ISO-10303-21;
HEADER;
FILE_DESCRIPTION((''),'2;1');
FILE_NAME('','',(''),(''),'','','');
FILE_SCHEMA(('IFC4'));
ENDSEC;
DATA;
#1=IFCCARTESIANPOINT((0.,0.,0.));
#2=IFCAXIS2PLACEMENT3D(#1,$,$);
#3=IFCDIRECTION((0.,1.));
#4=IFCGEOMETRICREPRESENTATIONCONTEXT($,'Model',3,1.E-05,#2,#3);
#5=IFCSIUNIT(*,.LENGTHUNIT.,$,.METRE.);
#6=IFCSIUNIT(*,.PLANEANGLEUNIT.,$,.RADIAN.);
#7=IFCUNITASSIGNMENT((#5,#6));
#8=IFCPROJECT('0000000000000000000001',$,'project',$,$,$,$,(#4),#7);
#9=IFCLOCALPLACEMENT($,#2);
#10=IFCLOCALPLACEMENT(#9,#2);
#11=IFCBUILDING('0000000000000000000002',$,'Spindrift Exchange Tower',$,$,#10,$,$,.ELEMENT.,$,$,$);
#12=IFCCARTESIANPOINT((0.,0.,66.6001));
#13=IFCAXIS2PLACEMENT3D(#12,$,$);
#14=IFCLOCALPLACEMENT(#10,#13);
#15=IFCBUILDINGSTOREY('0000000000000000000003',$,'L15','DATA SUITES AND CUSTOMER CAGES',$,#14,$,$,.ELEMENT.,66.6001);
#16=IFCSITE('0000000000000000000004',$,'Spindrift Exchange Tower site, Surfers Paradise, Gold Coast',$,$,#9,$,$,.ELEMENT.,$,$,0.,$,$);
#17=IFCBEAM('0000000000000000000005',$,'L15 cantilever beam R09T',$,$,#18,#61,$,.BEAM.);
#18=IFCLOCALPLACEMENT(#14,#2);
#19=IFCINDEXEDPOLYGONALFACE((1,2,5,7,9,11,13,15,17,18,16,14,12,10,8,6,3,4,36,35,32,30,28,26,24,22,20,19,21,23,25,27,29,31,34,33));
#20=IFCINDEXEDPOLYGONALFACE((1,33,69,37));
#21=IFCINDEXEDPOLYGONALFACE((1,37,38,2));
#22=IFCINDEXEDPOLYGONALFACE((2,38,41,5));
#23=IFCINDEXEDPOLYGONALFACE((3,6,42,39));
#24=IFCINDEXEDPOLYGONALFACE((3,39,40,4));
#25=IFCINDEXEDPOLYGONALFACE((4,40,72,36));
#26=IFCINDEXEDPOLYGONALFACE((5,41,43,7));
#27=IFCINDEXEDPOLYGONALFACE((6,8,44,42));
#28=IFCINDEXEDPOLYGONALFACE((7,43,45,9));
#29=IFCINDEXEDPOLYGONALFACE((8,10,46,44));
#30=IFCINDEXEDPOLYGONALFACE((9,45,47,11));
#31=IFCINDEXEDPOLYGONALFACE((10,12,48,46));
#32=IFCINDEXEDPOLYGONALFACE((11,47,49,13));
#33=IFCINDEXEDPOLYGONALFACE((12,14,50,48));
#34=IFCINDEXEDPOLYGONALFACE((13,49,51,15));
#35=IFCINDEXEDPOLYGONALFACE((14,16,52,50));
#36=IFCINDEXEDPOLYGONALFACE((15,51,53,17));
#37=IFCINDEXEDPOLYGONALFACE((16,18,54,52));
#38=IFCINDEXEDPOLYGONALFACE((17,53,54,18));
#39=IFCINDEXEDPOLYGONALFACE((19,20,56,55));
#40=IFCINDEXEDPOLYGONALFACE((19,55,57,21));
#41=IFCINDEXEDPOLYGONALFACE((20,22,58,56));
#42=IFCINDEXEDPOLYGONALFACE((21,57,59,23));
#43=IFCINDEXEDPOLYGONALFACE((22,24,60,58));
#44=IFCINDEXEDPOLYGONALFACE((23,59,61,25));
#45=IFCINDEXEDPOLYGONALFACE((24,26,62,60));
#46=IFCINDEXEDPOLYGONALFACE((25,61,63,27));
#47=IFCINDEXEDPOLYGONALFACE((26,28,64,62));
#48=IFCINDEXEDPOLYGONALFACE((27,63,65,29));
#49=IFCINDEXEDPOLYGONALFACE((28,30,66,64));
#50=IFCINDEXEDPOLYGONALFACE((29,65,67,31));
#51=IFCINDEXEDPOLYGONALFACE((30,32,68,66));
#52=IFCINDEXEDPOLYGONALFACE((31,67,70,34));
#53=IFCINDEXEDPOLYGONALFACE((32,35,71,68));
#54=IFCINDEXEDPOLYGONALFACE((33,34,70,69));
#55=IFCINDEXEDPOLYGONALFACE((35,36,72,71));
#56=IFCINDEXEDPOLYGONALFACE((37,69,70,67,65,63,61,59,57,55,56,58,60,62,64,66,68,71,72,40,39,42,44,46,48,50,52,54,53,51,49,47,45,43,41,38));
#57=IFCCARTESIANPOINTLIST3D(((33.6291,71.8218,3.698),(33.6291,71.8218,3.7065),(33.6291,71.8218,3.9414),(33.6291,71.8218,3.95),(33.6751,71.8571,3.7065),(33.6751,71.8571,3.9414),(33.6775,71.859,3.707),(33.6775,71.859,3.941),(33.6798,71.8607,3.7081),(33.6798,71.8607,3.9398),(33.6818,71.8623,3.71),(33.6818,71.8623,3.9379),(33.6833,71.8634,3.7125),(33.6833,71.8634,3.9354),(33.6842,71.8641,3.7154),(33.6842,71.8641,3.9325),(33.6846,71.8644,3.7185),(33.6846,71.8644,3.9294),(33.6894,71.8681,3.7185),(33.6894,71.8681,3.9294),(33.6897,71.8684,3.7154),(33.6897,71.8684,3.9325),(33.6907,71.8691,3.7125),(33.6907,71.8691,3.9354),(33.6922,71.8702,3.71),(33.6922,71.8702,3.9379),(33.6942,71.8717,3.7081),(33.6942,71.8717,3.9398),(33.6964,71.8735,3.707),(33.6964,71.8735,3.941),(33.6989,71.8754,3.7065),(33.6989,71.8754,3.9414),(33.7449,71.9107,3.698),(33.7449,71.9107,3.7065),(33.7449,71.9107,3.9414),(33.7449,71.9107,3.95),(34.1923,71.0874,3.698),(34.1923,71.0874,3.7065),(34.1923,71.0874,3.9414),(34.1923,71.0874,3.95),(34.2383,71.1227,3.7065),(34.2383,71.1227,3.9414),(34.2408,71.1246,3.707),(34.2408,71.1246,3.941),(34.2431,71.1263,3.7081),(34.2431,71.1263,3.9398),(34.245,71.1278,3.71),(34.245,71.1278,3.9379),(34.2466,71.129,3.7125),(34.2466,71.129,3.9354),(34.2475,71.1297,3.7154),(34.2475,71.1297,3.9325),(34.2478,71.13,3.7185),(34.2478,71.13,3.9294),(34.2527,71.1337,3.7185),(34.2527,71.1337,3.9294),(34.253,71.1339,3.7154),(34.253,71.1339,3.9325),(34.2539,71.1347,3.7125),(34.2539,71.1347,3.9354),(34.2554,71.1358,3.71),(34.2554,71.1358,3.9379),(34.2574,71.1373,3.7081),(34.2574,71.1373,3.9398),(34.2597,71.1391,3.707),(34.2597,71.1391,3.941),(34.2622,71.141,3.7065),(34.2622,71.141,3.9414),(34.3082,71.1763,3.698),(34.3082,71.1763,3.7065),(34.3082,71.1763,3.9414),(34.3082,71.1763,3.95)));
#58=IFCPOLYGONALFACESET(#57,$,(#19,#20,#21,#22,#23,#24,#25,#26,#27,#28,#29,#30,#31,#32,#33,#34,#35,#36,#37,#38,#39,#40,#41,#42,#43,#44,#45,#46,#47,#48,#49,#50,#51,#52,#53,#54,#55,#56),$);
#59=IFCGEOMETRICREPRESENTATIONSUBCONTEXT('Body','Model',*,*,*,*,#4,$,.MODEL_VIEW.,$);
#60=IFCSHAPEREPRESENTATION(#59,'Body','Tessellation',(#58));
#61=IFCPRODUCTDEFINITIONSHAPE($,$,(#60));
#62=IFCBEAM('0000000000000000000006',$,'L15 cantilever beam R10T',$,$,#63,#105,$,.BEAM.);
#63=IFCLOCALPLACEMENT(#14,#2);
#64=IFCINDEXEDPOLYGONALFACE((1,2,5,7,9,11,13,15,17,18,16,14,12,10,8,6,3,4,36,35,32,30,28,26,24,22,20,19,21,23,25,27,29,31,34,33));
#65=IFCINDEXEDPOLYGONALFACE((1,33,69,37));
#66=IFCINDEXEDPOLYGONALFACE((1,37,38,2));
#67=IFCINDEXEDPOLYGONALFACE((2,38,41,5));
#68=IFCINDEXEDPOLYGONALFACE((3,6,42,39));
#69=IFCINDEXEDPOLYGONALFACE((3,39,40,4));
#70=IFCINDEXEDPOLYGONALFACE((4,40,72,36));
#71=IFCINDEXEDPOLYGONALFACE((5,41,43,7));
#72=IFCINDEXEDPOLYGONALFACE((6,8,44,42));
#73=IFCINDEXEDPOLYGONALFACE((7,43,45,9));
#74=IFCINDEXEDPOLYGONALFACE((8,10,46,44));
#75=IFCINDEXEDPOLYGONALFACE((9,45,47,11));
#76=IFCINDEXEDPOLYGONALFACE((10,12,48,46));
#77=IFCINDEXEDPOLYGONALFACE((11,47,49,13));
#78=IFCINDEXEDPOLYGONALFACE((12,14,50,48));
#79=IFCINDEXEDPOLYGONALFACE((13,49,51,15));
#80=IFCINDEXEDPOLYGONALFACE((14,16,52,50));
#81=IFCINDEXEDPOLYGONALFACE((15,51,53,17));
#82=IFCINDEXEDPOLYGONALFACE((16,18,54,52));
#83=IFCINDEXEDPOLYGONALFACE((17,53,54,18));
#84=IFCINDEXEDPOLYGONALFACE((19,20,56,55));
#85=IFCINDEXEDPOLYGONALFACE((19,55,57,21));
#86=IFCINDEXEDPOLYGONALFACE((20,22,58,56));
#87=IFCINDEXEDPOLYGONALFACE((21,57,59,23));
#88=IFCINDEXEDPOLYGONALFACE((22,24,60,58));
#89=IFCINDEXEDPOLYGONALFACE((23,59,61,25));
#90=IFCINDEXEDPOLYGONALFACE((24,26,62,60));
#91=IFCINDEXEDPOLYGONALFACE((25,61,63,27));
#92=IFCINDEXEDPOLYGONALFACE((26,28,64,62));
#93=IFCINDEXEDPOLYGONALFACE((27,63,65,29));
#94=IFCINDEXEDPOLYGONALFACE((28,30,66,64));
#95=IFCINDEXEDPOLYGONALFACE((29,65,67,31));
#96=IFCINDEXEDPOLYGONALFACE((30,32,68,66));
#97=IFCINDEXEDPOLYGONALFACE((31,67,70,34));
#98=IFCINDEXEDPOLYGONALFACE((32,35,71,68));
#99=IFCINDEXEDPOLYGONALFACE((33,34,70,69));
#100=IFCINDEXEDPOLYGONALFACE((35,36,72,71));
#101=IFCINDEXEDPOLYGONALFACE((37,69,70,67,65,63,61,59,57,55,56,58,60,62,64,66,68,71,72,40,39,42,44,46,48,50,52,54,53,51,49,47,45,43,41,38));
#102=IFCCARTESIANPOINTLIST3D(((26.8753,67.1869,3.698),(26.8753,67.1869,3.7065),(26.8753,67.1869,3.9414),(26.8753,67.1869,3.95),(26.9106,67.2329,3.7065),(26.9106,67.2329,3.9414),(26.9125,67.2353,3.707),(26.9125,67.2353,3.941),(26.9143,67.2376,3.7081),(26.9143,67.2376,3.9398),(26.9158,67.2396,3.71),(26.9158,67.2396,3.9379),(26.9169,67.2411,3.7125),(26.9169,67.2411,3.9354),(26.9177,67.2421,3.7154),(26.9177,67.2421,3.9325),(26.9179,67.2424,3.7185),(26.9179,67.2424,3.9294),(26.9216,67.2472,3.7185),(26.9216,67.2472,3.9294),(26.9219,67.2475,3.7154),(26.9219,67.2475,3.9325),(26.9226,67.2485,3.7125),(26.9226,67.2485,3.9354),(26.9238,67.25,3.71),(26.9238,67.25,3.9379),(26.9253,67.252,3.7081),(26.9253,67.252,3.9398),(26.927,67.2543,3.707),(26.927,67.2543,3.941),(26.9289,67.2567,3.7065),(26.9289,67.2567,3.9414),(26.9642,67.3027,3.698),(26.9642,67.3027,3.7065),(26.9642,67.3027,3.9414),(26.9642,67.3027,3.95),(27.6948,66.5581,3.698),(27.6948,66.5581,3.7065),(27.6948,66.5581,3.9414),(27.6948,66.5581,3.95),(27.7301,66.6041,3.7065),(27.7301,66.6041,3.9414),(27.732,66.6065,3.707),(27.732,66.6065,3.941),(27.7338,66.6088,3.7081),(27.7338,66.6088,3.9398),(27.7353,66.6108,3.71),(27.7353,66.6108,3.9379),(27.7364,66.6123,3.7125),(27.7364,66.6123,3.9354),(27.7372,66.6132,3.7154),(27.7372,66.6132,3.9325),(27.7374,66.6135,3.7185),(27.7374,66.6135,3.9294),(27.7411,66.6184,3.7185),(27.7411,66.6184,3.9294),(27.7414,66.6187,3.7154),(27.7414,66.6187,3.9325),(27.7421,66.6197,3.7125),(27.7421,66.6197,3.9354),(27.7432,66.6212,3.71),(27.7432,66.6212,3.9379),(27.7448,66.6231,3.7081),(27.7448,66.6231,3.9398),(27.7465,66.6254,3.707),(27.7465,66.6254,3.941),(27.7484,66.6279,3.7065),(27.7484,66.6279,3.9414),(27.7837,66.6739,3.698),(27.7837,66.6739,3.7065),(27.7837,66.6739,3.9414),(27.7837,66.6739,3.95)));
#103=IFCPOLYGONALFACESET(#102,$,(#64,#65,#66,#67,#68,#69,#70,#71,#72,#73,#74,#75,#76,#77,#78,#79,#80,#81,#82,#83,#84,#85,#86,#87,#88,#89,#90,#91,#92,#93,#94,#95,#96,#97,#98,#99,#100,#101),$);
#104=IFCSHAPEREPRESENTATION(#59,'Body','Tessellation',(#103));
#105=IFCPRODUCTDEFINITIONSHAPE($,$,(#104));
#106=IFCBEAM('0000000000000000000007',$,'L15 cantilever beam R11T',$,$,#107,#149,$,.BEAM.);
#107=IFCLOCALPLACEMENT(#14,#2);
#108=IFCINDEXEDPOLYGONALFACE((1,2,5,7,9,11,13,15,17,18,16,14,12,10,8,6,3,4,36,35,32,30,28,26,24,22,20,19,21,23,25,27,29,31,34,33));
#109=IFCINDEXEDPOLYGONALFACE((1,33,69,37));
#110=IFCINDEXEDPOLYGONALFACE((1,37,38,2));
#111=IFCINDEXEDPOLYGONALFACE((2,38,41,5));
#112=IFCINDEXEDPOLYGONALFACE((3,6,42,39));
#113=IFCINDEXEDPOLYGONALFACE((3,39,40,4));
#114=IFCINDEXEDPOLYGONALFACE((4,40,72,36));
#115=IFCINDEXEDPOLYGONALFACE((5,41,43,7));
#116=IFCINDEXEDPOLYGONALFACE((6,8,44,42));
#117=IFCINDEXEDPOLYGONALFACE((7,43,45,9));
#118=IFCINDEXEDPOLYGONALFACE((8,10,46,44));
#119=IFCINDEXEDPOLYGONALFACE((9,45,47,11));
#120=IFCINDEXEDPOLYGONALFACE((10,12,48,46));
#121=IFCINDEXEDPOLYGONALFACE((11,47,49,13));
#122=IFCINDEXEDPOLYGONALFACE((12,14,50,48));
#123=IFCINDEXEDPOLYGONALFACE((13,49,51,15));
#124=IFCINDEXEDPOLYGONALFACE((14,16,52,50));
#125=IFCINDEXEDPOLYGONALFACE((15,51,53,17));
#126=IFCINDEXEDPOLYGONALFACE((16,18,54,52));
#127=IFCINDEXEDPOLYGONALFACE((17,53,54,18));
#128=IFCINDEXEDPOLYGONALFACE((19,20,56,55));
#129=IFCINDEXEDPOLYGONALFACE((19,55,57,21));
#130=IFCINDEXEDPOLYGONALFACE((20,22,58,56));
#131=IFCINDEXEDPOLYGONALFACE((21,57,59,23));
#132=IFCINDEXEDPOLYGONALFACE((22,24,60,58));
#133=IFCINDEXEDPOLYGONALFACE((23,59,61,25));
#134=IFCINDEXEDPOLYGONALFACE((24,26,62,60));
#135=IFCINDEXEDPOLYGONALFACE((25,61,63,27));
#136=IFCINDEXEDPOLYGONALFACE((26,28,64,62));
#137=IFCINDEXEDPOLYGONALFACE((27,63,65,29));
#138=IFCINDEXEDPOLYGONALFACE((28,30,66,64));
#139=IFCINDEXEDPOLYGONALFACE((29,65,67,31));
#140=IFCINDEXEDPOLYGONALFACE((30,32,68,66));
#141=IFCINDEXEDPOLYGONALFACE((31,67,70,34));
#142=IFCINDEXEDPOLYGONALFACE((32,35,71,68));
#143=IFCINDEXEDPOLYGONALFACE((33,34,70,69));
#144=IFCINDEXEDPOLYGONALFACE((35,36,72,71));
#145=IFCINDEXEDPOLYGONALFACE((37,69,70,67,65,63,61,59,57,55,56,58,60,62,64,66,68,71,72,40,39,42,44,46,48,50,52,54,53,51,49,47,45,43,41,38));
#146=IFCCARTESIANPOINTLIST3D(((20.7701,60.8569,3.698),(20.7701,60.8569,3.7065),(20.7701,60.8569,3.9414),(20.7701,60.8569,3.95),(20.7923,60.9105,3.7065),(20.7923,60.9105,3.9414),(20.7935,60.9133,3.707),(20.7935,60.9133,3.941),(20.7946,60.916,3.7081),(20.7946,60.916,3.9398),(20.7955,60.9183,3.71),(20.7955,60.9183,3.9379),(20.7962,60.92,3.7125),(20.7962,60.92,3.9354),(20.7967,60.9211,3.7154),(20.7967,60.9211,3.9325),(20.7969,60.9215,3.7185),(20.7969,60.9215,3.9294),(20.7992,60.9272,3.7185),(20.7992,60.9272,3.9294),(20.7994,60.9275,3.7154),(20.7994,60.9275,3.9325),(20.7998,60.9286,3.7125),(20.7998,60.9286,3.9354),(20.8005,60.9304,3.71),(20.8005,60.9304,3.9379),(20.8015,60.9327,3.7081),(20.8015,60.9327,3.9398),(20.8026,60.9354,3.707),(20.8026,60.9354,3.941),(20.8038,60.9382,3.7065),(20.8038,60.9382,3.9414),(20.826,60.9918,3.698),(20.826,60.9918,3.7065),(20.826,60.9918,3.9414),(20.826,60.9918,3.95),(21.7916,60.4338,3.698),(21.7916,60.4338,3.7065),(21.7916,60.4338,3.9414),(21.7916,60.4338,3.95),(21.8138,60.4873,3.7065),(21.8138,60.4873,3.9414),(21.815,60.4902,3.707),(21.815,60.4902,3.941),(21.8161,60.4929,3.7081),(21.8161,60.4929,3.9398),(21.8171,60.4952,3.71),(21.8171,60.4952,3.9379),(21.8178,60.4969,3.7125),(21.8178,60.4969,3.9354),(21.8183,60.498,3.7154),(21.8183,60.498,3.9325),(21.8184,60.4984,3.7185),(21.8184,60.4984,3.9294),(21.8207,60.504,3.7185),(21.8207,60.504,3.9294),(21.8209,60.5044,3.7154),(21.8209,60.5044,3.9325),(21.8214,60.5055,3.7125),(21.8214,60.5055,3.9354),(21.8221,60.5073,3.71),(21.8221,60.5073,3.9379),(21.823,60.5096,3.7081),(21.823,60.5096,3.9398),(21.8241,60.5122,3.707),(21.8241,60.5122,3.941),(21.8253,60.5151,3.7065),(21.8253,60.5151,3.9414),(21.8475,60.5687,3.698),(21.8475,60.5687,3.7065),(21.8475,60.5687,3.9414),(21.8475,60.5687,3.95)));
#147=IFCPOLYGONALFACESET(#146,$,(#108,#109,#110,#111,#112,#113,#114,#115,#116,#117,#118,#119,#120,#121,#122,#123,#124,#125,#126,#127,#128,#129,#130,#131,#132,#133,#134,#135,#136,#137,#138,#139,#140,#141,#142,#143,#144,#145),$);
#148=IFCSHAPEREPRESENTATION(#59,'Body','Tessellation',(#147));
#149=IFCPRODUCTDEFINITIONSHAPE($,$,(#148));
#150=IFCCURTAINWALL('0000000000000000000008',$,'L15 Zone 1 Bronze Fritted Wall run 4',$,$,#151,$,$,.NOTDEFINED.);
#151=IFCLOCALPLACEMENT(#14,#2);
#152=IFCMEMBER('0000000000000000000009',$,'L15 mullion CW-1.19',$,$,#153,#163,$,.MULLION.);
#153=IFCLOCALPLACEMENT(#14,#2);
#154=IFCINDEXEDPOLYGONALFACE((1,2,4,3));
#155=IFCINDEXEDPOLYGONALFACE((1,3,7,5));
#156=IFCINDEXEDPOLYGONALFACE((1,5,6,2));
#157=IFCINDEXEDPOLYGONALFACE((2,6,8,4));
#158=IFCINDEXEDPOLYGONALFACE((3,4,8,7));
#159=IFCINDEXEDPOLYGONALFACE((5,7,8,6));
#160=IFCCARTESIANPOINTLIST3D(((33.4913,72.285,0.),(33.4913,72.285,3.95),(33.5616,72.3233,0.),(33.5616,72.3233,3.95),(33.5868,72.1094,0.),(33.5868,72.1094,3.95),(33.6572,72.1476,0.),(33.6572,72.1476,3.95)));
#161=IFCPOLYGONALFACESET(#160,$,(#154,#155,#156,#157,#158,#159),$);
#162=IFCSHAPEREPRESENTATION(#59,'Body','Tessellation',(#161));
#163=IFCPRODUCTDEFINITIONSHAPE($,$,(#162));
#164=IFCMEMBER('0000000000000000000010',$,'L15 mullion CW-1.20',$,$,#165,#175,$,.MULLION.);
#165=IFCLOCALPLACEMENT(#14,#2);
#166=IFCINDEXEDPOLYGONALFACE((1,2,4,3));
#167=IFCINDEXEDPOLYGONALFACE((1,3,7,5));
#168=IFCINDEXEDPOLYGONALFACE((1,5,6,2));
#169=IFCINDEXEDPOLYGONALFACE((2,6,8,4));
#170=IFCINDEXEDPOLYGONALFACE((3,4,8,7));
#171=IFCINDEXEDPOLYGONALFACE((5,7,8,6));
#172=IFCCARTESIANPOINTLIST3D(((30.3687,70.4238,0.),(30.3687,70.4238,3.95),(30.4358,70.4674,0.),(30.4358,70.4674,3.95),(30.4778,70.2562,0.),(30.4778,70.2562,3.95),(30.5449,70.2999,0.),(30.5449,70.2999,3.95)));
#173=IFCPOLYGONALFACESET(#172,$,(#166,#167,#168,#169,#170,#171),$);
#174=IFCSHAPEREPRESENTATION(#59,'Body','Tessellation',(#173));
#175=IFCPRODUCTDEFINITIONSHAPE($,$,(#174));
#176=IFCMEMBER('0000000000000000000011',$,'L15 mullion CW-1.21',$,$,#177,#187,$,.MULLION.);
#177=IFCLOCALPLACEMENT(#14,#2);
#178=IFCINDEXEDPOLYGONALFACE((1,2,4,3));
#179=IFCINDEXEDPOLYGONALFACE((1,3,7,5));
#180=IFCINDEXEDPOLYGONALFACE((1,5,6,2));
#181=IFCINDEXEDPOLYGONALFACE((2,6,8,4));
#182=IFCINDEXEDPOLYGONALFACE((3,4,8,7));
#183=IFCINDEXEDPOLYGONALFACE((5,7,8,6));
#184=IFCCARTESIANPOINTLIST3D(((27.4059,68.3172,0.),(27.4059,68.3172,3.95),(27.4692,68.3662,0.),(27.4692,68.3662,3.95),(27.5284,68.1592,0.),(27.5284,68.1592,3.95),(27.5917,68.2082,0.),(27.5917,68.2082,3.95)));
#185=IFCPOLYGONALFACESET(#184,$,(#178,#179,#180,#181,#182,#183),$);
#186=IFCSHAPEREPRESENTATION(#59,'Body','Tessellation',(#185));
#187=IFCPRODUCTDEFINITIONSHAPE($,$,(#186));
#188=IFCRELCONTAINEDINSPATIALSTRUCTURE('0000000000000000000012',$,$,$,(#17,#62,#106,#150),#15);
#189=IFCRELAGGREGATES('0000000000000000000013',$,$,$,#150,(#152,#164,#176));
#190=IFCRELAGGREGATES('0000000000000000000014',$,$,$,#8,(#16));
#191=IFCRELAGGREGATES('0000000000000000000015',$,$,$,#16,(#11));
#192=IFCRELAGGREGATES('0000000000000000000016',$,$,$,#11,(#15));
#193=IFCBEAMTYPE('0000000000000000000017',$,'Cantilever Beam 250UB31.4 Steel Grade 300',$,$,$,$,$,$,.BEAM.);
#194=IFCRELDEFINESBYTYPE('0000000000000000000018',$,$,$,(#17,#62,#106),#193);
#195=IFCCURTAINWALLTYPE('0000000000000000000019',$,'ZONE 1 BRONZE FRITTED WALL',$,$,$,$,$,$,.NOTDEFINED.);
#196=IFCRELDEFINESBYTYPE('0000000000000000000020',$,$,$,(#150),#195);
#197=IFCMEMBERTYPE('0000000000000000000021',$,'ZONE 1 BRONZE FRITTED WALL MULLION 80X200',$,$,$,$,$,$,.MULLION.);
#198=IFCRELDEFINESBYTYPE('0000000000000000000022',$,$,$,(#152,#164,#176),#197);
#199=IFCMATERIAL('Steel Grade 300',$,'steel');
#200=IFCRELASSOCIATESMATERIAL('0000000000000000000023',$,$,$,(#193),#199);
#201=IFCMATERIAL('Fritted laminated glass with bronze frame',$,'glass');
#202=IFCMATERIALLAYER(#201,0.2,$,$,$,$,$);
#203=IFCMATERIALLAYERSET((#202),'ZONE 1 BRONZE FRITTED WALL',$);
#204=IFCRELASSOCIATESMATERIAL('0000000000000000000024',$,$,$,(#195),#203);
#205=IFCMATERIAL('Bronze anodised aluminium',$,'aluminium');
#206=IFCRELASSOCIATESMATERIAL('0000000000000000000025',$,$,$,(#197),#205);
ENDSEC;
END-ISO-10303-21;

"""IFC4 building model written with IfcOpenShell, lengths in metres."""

from ifc_helpers import new_model, si_unit, direction, frame, origin, origin_2d, place, context, subcontext, project, spatial, rectangle, i_section, extrude, source, transform, mapped, material, layer, layer_set, material_profile, profile_set, type_object, element, aggregate, save


model = new_model("IFC4")

# Units and contexts
model_context = context("Model", 3, precision=1e-05, world=origin(), true_north=direction((0.0, 1.0)))
body_context = subcontext(model_context, "Body", "Model", "MODEL_VIEW")
ifc_project = project(units=[si_unit("LENGTHUNIT", "METRE"), si_unit("PLANEANGLEUNIT", "RADIAN")], contexts=[model_context])

# Site, building, storey
site_placement = place(None, origin())
site = spatial("IfcSite", under=ifc_project, at=site_placement, Name="Spindrift Exchange Tower site, Surfers Paradise, Gold Coast", CompositionType="ELEMENT", RefElevation=0.0)
building_placement = place(site_placement, origin())
building = spatial("IfcBuilding", under=site, at=building_placement, Name="Spindrift Exchange Tower", CompositionType="ELEMENT")
storey_placement = place(building_placement, frame((0.0, 0.0, 66.6001)))
storey = spatial("IfcBuildingStorey", under=building, at=storey_placement, Name="L15", Description="DATA SUITES AND CUSTOMER CAGES", CompositionType="ELEMENT", Elevation=66.6001)

# Beams
ifc_material_1 = material(Name="Steel Grade 300", Category="steel")
ifc_material_profile_1 = material_profile(ifc_material_1, i_section(OverallWidth=0.146, OverallDepth=0.252, WebThickness=0.0061, FlangeThickness=0.0085, FilletRadius=0.012, at=origin_2d()), Name="250UB31.4")
ifc_profile_set_1 = profile_set([ifc_material_profile_1], Name="Steel Grade 300")
beam_type_1 = type_object("IfcBeamType", Name="Cantilever Beam 250UB31.4 Steel Grade 300", PredefinedType="BEAM", material=ifc_profile_set_1)
shared_shape_1 = source(origin(), body_context, "Body", "SweptSolid", [
    extrude(i_section(OverallWidth=0.146, OverallDepth=0.252, WebThickness=0.0061, FlangeThickness=0.0085, FilletRadius=0.012, at=origin_2d()), origin(), (0.0, 0.0, 1.0), 0.9255),
])
beam_1_placement = place(storey_placement, frame((34.2502, 71.1318, 3.824), z_axis=(-0.608576, 0.793496, 0.0), x_axis=(-0.793496, -0.608576, 0.0)))
element("IfcBeam", 1, at=beam_1_placement, inside=storey, type_object=beam_type_1, Name="L15 cantilever beam R09T", PredefinedType="BEAM", context=body_context, shape_type="MappedRepresentation", body=[
    mapped(shared_shape_1, transform((0.0, 0.0, 0.0), scale=1.0)),
])
shared_shape_2 = source(origin(), body_context, "Body", "SweptSolid", [
    extrude(i_section(OverallWidth=0.146, OverallDepth=0.252, WebThickness=0.0061, FlangeThickness=0.0085, FilletRadius=0.012, at=origin_2d()), origin(), (0.0, 0.0, 1.0), 1.033),
])
beam_2_placement = place(storey_placement, frame((27.7393, 66.616, 3.824), z_axis=(-0.793344, 0.608774, 0.0), x_axis=(-0.608774, -0.793344, 0.0)))
element("IfcBeam", 2, at=beam_2_placement, inside=storey, type_object=beam_type_1, Name="L15 cantilever beam R10T", PredefinedType="BEAM", context=body_context, shape_type="MappedRepresentation", body=[
    mapped(shared_shape_2, transform((0.0, 0.0, 0.0), scale=1.0)),
])
shared_shape_3 = source(origin(), body_context, "Body", "SweptSolid", [
    extrude(i_section(OverallWidth=0.146, OverallDepth=0.252, WebThickness=0.0061, FlangeThickness=0.0085, FilletRadius=0.012, at=origin_2d()), origin(), (0.0, 0.0, 1.0), 1.1057),
])
beam_3_placement = place(storey_placement, frame((21.8196, 60.5012, 3.824), z_axis=(-0.923885, 0.38267, 0.0), x_axis=(-0.38267, -0.923885, 0.0)))
element("IfcBeam", 3, at=beam_3_placement, inside=storey, type_object=beam_type_1, Name="L15 cantilever beam R11T", PredefinedType="BEAM", context=body_context, shape_type="MappedRepresentation", body=[
    mapped(shared_shape_3, transform((0.0, 0.0, 0.0), scale=1.0)),
])

# Curtain wall, members
ifc_material_2 = material(Name="Fritted laminated glass with bronze frame", Category="glass")
ifc_layer_1 = layer(ifc_material_2, 0.2)
ifc_layer_set_1 = layer_set([ifc_layer_1], Name="ZONE 1 BRONZE FRITTED WALL")
curtain_wall_type = type_object("IfcCurtainWallType", Name="ZONE 1 BRONZE FRITTED WALL", PredefinedType="NOTDEFINED", material=ifc_layer_set_1)
curtain_wall_1_placement = place(storey_placement, origin())
curtain_wall_1 = element("IfcCurtainWall", 4, at=curtain_wall_1_placement, inside=storey, type_object=curtain_wall_type, Name="L15 Zone 1 Bronze Fritted Wall run 4", PredefinedType="NOTDEFINED")
ifc_material_3 = material(Name="Bronze anodised aluminium", Category="aluminium")
ifc_material_profile_2 = material_profile(ifc_material_3, rectangle(XDim=0.0801, YDim=0.2, at=origin_2d()), Name="ZONE 1 BRONZE FRITTED WALL MULLION 80X200")
ifc_profile_set_2 = profile_set([ifc_material_profile_2], Name="Bronze anodised aluminium")
member_type_1 = type_object("IfcMemberType", Name="ZONE 1 BRONZE FRITTED WALL MULLION 80X200", PredefinedType="MULLION", material=ifc_profile_set_2)
shared_shape_4 = source(origin(), body_context, "Body", "SweptSolid", [
    extrude(rectangle(XDim=0.0801, YDim=0.2, at=origin_2d()), origin(), (0.0, 0.0, 1.0), 3.95),
])
member_1_placement = place(storey_placement, frame((33.5742, 72.2163, 0.0), z_axis=(0.0, 0.0, 1.0), x_axis=(-0.878485, -0.477771, 0.0)))
member_1 = element("IfcMember", 5, at=member_1_placement, type_object=member_type_1, Name="L15 mullion CW-1.19", PredefinedType="MULLION", context=body_context, shape_type="MappedRepresentation", body=[
    mapped(shared_shape_4, transform((0.0, 0.0, 0.0), scale=1.0)),
])
member_2_placement = place(storey_placement, frame((30.4568, 70.3618, 0.0), z_axis=(0.0, 0.0, 1.0), x_axis=(-0.838137, -0.54546, 0.0)))
member_2 = element("IfcMember", 6, at=member_2_placement, type_object=member_type_1, Name="L15 mullion CW-1.20", PredefinedType="MULLION", context=body_context, shape_type="MappedRepresentation", body=[
    mapped(shared_shape_4, transform((0.0, 0.0, 0.0), scale=1.0)),
])
member_3_placement = place(storey_placement, frame((27.4988, 68.2627, 0.0), z_axis=(0.0, 0.0, 1.0), x_axis=(-0.790291, -0.612732, 0.0)))
member_3 = element("IfcMember", 7, at=member_3_placement, type_object=member_type_1, Name="L15 mullion CW-1.21", PredefinedType="MULLION", context=body_context, shape_type="MappedRepresentation", body=[
    mapped(shared_shape_4, transform((0.0, 0.0, 0.0), scale=1.0)),
])

aggregate(curtain_wall_1, [member_1, member_2, member_3])

save(model, "model.ifc")
